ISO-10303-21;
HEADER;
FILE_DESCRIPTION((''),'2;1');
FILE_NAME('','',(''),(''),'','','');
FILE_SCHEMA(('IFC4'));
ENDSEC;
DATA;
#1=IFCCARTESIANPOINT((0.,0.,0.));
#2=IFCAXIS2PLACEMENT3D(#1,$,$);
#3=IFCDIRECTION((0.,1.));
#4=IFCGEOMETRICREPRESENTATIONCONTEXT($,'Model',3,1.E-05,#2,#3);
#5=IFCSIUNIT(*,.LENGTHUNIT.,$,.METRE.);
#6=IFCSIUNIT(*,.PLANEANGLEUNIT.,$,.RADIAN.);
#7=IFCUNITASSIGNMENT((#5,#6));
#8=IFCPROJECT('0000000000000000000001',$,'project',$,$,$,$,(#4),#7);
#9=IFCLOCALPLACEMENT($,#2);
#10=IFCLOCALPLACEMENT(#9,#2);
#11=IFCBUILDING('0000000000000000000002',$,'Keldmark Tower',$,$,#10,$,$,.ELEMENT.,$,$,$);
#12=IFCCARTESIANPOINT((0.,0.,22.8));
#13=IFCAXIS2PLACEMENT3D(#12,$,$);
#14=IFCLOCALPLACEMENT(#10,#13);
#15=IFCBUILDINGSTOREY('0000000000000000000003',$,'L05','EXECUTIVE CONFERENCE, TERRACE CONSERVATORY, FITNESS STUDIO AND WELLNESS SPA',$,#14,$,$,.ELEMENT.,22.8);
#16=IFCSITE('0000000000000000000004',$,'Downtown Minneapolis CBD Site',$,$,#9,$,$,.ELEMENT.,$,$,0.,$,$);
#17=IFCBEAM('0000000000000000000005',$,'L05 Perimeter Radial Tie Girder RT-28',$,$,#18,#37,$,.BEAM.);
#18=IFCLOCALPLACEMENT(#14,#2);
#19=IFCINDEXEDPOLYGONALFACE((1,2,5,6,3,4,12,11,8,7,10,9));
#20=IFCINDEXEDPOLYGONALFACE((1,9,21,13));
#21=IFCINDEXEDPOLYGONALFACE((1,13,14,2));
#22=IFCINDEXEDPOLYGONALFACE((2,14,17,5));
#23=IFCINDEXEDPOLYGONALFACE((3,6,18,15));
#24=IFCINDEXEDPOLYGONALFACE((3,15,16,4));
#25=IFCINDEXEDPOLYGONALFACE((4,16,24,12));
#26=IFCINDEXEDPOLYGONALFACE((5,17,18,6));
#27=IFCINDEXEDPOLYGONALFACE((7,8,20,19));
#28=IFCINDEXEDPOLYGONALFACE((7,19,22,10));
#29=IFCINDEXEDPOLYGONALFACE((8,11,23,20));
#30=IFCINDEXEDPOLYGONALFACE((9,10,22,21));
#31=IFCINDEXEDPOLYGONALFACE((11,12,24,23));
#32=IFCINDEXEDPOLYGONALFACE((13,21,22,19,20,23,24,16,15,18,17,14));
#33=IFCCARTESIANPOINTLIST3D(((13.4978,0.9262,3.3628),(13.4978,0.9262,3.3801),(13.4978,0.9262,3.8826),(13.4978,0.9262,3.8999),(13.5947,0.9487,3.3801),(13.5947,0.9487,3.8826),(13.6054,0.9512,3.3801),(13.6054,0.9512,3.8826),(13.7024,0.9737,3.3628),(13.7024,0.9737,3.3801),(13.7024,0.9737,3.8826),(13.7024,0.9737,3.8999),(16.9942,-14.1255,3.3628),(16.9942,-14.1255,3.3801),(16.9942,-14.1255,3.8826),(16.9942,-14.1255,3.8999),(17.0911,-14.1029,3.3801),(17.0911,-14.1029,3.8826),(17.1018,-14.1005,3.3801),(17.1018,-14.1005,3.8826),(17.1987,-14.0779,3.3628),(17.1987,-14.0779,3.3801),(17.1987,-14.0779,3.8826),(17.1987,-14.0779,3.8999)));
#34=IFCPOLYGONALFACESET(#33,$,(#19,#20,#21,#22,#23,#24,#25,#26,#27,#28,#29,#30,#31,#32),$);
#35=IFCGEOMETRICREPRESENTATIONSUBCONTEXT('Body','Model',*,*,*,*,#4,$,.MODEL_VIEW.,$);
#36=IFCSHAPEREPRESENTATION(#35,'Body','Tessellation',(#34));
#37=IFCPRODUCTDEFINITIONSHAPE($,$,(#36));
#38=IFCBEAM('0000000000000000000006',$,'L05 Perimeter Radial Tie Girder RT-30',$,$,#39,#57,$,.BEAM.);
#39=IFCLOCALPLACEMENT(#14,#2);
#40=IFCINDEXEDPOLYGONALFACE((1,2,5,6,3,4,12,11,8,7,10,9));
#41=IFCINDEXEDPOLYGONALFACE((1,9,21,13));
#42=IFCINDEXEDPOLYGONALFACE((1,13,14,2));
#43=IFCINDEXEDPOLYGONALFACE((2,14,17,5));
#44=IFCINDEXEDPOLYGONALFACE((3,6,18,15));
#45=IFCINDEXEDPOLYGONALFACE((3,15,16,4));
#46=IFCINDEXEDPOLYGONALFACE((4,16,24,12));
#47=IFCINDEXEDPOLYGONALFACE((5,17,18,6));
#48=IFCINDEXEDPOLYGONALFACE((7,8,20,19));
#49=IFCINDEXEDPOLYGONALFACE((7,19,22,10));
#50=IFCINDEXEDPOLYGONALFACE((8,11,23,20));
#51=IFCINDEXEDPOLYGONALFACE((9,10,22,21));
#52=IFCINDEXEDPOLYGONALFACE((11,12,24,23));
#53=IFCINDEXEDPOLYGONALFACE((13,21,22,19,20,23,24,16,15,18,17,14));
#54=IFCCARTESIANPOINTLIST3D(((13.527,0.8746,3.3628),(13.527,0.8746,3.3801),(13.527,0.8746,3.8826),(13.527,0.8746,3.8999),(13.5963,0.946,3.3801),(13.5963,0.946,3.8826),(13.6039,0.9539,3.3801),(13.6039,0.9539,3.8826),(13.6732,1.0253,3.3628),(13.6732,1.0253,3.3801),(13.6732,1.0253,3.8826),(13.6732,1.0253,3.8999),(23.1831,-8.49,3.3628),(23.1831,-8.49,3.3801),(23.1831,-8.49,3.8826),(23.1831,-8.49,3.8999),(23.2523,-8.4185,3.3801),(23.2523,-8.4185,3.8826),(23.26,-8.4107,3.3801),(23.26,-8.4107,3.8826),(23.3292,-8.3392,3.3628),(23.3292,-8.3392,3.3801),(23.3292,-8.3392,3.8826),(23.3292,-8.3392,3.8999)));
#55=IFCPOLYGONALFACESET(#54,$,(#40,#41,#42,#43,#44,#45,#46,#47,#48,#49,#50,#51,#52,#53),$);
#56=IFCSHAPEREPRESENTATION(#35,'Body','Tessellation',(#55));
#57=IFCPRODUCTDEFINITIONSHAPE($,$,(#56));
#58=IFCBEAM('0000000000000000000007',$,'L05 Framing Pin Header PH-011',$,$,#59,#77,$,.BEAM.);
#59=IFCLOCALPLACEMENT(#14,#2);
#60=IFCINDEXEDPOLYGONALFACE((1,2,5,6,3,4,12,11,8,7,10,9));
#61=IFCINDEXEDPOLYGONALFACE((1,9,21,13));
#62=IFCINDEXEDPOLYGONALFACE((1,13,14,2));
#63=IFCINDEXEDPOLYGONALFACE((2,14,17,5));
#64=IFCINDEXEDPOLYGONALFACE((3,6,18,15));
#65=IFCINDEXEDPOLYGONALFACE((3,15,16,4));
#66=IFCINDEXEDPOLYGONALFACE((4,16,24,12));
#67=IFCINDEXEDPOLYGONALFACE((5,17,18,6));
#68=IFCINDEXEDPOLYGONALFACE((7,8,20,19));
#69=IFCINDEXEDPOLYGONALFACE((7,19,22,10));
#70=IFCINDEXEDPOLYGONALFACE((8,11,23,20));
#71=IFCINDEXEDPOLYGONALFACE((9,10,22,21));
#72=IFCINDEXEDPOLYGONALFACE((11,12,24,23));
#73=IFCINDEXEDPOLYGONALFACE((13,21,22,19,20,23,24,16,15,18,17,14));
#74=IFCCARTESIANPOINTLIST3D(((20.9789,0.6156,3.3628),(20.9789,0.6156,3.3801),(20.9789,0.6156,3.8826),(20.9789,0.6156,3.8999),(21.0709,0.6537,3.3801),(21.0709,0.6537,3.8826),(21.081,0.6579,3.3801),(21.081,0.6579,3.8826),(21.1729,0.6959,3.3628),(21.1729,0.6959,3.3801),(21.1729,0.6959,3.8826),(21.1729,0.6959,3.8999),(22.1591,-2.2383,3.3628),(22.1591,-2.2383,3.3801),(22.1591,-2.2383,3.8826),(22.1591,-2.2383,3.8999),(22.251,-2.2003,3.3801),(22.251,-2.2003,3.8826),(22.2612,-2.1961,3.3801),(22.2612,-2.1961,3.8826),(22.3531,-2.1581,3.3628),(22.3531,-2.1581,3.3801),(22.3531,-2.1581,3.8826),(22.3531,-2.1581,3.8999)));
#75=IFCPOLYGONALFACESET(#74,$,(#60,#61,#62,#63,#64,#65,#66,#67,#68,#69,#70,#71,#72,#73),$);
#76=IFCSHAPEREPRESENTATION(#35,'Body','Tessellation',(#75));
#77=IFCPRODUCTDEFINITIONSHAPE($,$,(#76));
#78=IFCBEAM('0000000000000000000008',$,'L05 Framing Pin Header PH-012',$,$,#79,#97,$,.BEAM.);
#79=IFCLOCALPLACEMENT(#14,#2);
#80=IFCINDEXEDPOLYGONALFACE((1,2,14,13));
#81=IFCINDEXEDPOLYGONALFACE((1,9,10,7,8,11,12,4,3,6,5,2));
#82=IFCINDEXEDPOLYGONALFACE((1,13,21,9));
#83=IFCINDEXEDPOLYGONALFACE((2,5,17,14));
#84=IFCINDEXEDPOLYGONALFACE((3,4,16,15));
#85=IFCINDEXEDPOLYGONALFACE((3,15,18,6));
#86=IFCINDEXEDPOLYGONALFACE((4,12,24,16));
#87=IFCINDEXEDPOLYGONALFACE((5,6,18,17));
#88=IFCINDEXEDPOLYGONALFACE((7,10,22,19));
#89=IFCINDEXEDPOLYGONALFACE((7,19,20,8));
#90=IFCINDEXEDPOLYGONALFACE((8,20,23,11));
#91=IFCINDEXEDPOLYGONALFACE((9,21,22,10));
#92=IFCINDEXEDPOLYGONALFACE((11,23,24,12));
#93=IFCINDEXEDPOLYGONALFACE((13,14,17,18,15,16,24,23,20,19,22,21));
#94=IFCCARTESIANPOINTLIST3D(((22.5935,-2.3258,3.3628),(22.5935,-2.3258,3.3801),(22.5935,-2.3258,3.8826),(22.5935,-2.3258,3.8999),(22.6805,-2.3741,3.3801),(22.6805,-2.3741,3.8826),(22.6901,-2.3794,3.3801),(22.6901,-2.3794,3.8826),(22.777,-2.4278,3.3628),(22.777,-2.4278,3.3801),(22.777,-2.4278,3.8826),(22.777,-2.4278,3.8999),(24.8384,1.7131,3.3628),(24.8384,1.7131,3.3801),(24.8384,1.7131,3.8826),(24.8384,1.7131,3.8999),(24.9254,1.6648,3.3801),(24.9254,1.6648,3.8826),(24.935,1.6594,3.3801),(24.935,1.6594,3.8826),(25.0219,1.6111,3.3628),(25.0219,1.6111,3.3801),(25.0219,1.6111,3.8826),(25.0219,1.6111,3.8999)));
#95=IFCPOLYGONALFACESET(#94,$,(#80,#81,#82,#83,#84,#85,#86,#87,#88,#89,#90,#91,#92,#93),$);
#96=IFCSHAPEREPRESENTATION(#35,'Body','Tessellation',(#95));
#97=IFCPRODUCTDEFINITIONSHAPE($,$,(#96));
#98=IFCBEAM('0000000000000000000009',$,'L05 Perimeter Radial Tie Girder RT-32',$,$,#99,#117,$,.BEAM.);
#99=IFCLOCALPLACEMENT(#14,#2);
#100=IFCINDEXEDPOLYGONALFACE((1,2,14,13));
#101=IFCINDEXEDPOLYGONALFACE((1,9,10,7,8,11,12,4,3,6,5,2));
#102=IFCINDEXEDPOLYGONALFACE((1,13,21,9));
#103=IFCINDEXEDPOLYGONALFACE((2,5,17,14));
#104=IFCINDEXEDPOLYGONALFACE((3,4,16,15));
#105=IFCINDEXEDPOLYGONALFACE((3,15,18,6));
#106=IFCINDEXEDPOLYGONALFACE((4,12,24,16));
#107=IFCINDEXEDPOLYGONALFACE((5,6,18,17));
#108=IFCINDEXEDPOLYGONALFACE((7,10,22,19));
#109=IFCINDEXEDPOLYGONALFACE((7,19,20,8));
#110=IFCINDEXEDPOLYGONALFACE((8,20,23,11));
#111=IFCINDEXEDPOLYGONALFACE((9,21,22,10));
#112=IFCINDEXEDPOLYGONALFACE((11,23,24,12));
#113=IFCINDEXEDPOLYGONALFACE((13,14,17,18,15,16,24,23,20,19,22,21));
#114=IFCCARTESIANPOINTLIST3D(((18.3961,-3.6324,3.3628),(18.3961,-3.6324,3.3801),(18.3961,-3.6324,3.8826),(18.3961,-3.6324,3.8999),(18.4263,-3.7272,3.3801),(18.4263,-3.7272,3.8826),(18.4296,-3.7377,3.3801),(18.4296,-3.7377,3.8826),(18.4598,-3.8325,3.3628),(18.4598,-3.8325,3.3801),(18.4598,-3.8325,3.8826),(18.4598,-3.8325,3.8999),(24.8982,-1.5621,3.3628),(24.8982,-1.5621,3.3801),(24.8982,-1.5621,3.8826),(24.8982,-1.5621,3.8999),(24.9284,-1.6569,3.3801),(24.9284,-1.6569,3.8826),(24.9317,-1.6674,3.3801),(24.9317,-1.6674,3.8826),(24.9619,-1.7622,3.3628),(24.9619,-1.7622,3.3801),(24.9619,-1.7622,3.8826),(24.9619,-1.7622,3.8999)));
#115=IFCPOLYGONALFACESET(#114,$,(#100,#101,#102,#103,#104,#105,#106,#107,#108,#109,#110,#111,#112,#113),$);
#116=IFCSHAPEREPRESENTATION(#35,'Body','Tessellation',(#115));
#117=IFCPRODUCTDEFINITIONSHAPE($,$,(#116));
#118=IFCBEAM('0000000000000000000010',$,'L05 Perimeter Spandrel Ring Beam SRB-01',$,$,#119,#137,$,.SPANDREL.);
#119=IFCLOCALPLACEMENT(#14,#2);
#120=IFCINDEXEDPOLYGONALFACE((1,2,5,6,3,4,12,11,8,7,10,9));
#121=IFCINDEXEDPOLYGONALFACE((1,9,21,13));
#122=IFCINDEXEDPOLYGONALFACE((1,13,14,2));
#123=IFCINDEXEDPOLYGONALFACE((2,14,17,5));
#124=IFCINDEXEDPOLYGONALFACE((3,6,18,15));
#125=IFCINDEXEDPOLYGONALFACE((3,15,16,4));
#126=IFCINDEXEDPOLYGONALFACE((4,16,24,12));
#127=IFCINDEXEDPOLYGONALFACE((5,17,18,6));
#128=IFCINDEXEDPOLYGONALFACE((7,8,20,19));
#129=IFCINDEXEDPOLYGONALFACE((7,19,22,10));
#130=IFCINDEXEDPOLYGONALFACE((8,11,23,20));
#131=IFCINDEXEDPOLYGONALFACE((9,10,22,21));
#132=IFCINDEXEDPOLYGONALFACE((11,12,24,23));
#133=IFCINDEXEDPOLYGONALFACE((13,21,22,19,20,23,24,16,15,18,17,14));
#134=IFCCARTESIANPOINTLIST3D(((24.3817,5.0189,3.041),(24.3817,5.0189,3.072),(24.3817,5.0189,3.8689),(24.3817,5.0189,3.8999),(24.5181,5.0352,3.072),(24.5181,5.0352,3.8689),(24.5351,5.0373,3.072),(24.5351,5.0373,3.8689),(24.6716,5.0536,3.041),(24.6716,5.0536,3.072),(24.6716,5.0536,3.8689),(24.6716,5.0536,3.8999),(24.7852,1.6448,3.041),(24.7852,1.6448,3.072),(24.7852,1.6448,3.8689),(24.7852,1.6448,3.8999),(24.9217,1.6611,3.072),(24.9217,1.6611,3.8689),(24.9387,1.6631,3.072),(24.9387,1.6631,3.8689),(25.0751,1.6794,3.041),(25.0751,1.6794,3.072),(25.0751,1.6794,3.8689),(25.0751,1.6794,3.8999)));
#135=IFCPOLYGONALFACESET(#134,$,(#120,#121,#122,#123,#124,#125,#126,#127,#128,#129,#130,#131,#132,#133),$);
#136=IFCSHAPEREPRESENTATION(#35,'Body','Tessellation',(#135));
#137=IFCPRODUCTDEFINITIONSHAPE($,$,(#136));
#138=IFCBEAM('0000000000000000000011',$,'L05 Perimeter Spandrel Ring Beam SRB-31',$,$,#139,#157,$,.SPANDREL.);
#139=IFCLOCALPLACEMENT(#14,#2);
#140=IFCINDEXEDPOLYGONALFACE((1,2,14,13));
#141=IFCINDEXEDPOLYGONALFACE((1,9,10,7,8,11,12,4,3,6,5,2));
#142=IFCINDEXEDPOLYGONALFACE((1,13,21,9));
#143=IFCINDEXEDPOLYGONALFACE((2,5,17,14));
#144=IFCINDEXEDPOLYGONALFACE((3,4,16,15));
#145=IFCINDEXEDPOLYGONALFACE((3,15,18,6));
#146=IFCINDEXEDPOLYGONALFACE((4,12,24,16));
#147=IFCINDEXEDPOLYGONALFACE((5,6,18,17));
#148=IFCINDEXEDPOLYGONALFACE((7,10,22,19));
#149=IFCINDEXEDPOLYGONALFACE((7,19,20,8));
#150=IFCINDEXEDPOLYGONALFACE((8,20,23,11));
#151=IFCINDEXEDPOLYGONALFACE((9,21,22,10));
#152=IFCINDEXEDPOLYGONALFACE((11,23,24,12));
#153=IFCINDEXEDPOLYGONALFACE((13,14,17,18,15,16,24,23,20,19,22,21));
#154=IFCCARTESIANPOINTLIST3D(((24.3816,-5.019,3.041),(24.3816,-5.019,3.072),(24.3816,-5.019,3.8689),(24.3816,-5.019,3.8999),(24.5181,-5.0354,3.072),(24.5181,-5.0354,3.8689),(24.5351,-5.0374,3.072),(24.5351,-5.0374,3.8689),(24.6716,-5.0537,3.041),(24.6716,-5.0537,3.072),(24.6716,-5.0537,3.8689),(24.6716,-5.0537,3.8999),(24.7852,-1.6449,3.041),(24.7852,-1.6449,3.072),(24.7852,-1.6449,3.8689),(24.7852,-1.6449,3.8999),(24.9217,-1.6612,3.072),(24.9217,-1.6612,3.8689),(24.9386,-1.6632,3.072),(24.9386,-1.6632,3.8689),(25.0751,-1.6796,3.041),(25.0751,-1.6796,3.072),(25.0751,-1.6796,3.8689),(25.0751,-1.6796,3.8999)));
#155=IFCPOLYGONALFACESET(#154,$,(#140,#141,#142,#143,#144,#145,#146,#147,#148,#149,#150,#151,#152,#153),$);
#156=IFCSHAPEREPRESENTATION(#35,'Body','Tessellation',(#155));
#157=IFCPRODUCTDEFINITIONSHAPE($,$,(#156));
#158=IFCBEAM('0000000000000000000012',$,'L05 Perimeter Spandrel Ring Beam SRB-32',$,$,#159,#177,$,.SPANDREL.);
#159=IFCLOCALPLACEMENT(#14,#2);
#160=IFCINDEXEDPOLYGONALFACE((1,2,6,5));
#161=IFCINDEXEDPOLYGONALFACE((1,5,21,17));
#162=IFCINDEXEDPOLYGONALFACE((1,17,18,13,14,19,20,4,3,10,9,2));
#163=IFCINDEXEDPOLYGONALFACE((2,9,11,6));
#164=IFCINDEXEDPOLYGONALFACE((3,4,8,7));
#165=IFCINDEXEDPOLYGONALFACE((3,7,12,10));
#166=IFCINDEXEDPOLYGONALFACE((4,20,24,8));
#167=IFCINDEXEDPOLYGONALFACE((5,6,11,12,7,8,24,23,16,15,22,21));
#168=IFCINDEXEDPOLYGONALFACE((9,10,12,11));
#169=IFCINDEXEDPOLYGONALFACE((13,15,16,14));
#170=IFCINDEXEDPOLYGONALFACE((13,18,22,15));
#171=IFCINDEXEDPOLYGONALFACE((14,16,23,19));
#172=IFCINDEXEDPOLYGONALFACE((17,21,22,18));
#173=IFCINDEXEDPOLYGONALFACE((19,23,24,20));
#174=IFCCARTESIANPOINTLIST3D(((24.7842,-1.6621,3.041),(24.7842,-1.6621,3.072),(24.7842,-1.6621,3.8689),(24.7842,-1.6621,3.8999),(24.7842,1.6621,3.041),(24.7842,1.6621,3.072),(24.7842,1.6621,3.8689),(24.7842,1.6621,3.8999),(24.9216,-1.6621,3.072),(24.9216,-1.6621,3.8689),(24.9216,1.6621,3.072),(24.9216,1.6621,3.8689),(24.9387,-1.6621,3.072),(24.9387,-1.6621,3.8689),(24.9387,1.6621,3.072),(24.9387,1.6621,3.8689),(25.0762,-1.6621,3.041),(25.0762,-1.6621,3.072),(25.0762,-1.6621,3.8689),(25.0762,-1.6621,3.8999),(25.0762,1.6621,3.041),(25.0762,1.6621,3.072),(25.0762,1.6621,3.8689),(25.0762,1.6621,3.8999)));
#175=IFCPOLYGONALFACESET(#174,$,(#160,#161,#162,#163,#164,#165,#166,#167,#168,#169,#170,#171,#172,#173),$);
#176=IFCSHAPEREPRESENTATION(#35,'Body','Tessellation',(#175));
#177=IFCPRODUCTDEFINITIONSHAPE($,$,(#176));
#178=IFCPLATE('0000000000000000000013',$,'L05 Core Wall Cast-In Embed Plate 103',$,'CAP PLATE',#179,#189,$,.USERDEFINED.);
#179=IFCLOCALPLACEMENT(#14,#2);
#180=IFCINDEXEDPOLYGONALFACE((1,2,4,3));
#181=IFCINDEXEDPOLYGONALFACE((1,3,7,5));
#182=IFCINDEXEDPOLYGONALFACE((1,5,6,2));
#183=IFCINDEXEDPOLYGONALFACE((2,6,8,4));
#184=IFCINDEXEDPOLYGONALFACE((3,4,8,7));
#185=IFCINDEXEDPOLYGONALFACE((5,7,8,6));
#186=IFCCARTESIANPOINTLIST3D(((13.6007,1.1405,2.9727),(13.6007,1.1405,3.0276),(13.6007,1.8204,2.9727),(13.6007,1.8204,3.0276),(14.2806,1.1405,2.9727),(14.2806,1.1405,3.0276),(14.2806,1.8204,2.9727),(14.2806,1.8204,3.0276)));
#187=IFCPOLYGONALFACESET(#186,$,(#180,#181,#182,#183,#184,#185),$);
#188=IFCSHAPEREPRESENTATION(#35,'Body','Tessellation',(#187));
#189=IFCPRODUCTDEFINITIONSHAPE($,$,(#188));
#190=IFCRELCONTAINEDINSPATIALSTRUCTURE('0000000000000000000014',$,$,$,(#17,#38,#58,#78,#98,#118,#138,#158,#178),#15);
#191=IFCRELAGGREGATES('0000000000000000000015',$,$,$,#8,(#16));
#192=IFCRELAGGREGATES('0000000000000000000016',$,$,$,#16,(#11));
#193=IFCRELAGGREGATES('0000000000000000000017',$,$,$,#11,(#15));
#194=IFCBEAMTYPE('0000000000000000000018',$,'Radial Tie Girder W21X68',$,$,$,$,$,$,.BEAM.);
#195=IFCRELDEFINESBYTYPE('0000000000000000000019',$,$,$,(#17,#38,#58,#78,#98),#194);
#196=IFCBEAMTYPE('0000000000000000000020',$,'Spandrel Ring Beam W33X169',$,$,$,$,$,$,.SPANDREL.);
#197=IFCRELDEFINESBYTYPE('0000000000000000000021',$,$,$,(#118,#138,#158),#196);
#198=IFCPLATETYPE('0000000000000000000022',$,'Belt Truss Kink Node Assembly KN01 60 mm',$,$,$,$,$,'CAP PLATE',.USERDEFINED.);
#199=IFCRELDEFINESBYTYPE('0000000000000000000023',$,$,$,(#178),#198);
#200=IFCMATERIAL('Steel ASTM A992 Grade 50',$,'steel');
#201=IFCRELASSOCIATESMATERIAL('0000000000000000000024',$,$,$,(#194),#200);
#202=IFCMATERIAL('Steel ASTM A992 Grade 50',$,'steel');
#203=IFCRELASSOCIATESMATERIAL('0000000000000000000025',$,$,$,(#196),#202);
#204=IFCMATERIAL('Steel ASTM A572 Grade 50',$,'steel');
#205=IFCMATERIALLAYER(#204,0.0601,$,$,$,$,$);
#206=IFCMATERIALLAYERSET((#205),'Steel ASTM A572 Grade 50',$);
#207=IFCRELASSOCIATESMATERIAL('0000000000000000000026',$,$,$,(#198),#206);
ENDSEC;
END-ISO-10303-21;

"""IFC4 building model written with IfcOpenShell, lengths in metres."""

from ifc_helpers import new_model, si_unit, direction, frame, origin, origin_2d, place, context, subcontext, project, spatial, rectangle, i_section, extrude, material, layer, layer_set, material_profile, profile_set, type_object, element, save


model = new_model("IFC4")

# Units and contexts
model_context = context("Model", 3, precision=1e-05, world=origin(), true_north=direction((0.0, 1.0)))
body_context = subcontext(model_context, "Body", "Model", "MODEL_VIEW")
ifc_project = project(units=[si_unit("LENGTHUNIT", "METRE"), si_unit("PLANEANGLEUNIT", "RADIAN")], contexts=[model_context])

# Site, building, storey
site_placement = place(None, origin())
site = spatial("IfcSite", under=ifc_project, at=site_placement, Name="Downtown Minneapolis CBD Site", CompositionType="ELEMENT", RefElevation=0.0)
building_placement = place(site_placement, origin())
building = spatial("IfcBuilding", under=site, at=building_placement, Name="Keldmark Tower", CompositionType="ELEMENT")
storey_placement = place(building_placement, frame((0.0, 0.0, 22.8)))
storey = spatial("IfcBuildingStorey", under=building, at=storey_placement, Name="L05", Description="EXECUTIVE CONFERENCE, TERRACE CONSERVATORY, FITNESS STUDIO AND WELLNESS SPA", CompositionType="ELEMENT", Elevation=22.8)

# Beams
ifc_material_1 = material(Name="Steel ASTM A992 Grade 50", Category="steel")
ifc_material_profile_1 = material_profile(ifc_material_1, i_section(OverallWidth=0.21, OverallDepth=0.5371, WebThickness=0.011, FlangeThickness=0.0173, at=origin_2d()), Name="W21X68")
ifc_profile_set_1 = profile_set([ifc_material_profile_1], Name="Steel ASTM A992 Grade 50")
beam_type_1 = type_object("IfcBeamType", Name="Radial Tie Girder W21X68", PredefinedType="BEAM", material=ifc_profile_set_1)
beam_1_placement = place(storey_placement, frame((13.6001, 0.95, 3.6313), z_axis=(0.226264, -0.974066, 0.0), x_axis=(0.974066, 0.226264, 0.0)))
element("IfcBeam", 1, at=beam_1_placement, inside=storey, type_object=beam_type_1, Name="L05 Perimeter Radial Tie Girder RT-28", PredefinedType="BEAM", context=body_context, shape_type="SweptSolid", body=[
    extrude(i_section(OverallWidth=0.21, OverallDepth=0.5371, WebThickness=0.011, FlangeThickness=0.0173, at=origin_2d()), origin(), (0.0, 0.0, 1.0), 15.4524),
])
beam_2_placement = place(storey_placement, frame((13.6001, 0.95, 3.6313), z_axis=(0.717859, -0.696188, 0.0), x_axis=(0.696188, 0.717859, 0.0)))
element("IfcBeam", 2, at=beam_2_placement, inside=storey, type_object=beam_type_1, Name="L05 Perimeter Radial Tie Girder RT-30", PredefinedType="BEAM", context=body_context, shape_type="SweptSolid", body=[
    extrude(i_section(OverallWidth=0.21, OverallDepth=0.5371, WebThickness=0.011, FlangeThickness=0.0173, at=origin_2d()), origin(), (0.0, 0.0, 1.0), 13.4512),
])
beam_3_placement = place(storey_placement, frame((21.0759, 0.6558, 3.6313), z_axis=(0.382133, -0.924107, 0.0), x_axis=(0.924107, 0.382133, 0.0)))
element("IfcBeam", 3, at=beam_3_placement, inside=storey, type_object=beam_type_1, Name="L05 Framing Pin Header PH-011", PredefinedType="BEAM", context=body_context, shape_type="SweptSolid", body=[
    extrude(i_section(OverallWidth=0.21, OverallDepth=0.5371, WebThickness=0.011, FlangeThickness=0.0173, at=origin_2d()), origin(), (0.0, 0.0, 1.0), 3.0884),
])
beam_4_placement = place(storey_placement, frame((24.9302, 1.6621, 3.6313), z_axis=(-0.485822, -0.874058, 0.0), x_axis=(0.874058, -0.485822, 0.0)))
element("IfcBeam", 4, at=beam_4_placement, inside=storey, type_object=beam_type_1, Name="L05 Framing Pin Header PH-012", PredefinedType="BEAM", context=body_context, shape_type="SweptSolid", body=[
    extrude(i_section(OverallWidth=0.21, OverallDepth=0.5371, WebThickness=0.011, FlangeThickness=0.0173, at=origin_2d()), origin(), (0.0, 0.0, 1.0), 4.6208),
])
beam_5_placement = place(storey_placement, frame((18.428, -3.7324, 3.6313), z_axis=(0.952865, 0.303394, 0.0), x_axis=(-0.303394, 0.952865, 0.0)))
element("IfcBeam", 5, at=beam_5_placement, inside=storey, type_object=beam_type_1, Name="L05 Perimeter Radial Tie Girder RT-32", PredefinedType="BEAM", context=body_context, shape_type="SweptSolid", body=[
    extrude(i_section(OverallWidth=0.21, OverallDepth=0.5371, WebThickness=0.011, FlangeThickness=0.0173, at=origin_2d()), origin(), (0.0, 0.0, 1.0), 6.8237),
])
ifc_material_2 = material(Name="Steel ASTM A992 Grade 50", Category="steel")
ifc_material_profile_2 = material_profile(ifc_material_2, i_section(OverallWidth=0.292, OverallDepth=0.8589, WebThickness=0.0171, FlangeThickness=0.031, at=origin_2d()), Name="W33X169")
ifc_profile_set_2 = profile_set([ifc_material_profile_2], Name="Steel ASTM A992 Grade 50")
beam_type_2 = type_object("IfcBeamType", Name="Spandrel Ring Beam W33X169", PredefinedType="SPANDREL", material=ifc_profile_set_2)
for number, where, z_axis, x_axis, name in (
    (6, (24.9302, 1.6621, 3.4705), (-0.118754, 0.992924, 0.0), (-0.992924, -0.118754, 0.0), "L05 Perimeter Spandrel Ring Beam SRB-01"),
    (7, (24.5266, -5.0364, 3.4705), (0.118754, 0.992924, 0.0), (-0.992924, 0.118754, 0.0), "L05 Perimeter Spandrel Ring Beam SRB-31"),
):
    element("IfcBeam", number, at=place(storey_placement, frame(where, z_axis=z_axis, x_axis=x_axis)), inside=storey, type_object=beam_type_2, Name=name, PredefinedType="SPANDREL", context=body_context, shape_type="SweptSolid", body=[
        extrude(i_section(OverallWidth=0.292, OverallDepth=0.8589, WebThickness=0.0171, FlangeThickness=0.031, at=origin_2d()), origin(), (0.0, 0.0, 1.0), 3.3982),
    ])
beam_6_placement = place(storey_placement, frame((24.9302, -1.6621, 3.4705), z_axis=(0.0, 1.0, 0.0), x_axis=(-1.0, 0.0, 0.0)))
element("IfcBeam", 8, at=beam_6_placement, inside=storey, type_object=beam_type_2, Name="L05 Perimeter Spandrel Ring Beam SRB-32", PredefinedType="SPANDREL", context=body_context, shape_type="SweptSolid", body=[
    extrude(i_section(OverallWidth=0.292, OverallDepth=0.8589, WebThickness=0.0171, FlangeThickness=0.031, at=origin_2d()), origin(), (0.0, 0.0, 1.0), 3.3242),
])

# Plate
ifc_material_3 = material(Name="Steel ASTM A572 Grade 50", Category="steel")
ifc_layer_1 = layer(ifc_material_3, 0.0601)
ifc_layer_set_1 = layer_set([ifc_layer_1], Name="Steel ASTM A572 Grade 50")
plate_type_1 = type_object("IfcPlateType", Name="Belt Truss Kink Node Assembly KN01 60 mm", ElementType="CAP PLATE", PredefinedType="USERDEFINED", material=ifc_layer_set_1)
for number, where, z_axis, x_axis, name in (
    (9, (13.9407, 1.4805, 2.9727), (0.0, 0.0, 1.0), (1.0, 0.0, 0.0), "L05 Core Wall Cast-In Embed Plate 103"),
):
    element("IfcPlate", number, at=place(storey_placement, frame(where, z_axis=z_axis, x_axis=x_axis)), inside=storey, type_object=plate_type_1, Name=name, ObjectType="CAP PLATE", PredefinedType="USERDEFINED", context=body_context, shape_type="SweptSolid", body=[
        extrude(rectangle(XDim=0.6799, YDim=0.6799, at=origin_2d()), origin(), (0.0, 0.0, 1.0), 0.0549),
    ])

save(model, "model.ifc")
